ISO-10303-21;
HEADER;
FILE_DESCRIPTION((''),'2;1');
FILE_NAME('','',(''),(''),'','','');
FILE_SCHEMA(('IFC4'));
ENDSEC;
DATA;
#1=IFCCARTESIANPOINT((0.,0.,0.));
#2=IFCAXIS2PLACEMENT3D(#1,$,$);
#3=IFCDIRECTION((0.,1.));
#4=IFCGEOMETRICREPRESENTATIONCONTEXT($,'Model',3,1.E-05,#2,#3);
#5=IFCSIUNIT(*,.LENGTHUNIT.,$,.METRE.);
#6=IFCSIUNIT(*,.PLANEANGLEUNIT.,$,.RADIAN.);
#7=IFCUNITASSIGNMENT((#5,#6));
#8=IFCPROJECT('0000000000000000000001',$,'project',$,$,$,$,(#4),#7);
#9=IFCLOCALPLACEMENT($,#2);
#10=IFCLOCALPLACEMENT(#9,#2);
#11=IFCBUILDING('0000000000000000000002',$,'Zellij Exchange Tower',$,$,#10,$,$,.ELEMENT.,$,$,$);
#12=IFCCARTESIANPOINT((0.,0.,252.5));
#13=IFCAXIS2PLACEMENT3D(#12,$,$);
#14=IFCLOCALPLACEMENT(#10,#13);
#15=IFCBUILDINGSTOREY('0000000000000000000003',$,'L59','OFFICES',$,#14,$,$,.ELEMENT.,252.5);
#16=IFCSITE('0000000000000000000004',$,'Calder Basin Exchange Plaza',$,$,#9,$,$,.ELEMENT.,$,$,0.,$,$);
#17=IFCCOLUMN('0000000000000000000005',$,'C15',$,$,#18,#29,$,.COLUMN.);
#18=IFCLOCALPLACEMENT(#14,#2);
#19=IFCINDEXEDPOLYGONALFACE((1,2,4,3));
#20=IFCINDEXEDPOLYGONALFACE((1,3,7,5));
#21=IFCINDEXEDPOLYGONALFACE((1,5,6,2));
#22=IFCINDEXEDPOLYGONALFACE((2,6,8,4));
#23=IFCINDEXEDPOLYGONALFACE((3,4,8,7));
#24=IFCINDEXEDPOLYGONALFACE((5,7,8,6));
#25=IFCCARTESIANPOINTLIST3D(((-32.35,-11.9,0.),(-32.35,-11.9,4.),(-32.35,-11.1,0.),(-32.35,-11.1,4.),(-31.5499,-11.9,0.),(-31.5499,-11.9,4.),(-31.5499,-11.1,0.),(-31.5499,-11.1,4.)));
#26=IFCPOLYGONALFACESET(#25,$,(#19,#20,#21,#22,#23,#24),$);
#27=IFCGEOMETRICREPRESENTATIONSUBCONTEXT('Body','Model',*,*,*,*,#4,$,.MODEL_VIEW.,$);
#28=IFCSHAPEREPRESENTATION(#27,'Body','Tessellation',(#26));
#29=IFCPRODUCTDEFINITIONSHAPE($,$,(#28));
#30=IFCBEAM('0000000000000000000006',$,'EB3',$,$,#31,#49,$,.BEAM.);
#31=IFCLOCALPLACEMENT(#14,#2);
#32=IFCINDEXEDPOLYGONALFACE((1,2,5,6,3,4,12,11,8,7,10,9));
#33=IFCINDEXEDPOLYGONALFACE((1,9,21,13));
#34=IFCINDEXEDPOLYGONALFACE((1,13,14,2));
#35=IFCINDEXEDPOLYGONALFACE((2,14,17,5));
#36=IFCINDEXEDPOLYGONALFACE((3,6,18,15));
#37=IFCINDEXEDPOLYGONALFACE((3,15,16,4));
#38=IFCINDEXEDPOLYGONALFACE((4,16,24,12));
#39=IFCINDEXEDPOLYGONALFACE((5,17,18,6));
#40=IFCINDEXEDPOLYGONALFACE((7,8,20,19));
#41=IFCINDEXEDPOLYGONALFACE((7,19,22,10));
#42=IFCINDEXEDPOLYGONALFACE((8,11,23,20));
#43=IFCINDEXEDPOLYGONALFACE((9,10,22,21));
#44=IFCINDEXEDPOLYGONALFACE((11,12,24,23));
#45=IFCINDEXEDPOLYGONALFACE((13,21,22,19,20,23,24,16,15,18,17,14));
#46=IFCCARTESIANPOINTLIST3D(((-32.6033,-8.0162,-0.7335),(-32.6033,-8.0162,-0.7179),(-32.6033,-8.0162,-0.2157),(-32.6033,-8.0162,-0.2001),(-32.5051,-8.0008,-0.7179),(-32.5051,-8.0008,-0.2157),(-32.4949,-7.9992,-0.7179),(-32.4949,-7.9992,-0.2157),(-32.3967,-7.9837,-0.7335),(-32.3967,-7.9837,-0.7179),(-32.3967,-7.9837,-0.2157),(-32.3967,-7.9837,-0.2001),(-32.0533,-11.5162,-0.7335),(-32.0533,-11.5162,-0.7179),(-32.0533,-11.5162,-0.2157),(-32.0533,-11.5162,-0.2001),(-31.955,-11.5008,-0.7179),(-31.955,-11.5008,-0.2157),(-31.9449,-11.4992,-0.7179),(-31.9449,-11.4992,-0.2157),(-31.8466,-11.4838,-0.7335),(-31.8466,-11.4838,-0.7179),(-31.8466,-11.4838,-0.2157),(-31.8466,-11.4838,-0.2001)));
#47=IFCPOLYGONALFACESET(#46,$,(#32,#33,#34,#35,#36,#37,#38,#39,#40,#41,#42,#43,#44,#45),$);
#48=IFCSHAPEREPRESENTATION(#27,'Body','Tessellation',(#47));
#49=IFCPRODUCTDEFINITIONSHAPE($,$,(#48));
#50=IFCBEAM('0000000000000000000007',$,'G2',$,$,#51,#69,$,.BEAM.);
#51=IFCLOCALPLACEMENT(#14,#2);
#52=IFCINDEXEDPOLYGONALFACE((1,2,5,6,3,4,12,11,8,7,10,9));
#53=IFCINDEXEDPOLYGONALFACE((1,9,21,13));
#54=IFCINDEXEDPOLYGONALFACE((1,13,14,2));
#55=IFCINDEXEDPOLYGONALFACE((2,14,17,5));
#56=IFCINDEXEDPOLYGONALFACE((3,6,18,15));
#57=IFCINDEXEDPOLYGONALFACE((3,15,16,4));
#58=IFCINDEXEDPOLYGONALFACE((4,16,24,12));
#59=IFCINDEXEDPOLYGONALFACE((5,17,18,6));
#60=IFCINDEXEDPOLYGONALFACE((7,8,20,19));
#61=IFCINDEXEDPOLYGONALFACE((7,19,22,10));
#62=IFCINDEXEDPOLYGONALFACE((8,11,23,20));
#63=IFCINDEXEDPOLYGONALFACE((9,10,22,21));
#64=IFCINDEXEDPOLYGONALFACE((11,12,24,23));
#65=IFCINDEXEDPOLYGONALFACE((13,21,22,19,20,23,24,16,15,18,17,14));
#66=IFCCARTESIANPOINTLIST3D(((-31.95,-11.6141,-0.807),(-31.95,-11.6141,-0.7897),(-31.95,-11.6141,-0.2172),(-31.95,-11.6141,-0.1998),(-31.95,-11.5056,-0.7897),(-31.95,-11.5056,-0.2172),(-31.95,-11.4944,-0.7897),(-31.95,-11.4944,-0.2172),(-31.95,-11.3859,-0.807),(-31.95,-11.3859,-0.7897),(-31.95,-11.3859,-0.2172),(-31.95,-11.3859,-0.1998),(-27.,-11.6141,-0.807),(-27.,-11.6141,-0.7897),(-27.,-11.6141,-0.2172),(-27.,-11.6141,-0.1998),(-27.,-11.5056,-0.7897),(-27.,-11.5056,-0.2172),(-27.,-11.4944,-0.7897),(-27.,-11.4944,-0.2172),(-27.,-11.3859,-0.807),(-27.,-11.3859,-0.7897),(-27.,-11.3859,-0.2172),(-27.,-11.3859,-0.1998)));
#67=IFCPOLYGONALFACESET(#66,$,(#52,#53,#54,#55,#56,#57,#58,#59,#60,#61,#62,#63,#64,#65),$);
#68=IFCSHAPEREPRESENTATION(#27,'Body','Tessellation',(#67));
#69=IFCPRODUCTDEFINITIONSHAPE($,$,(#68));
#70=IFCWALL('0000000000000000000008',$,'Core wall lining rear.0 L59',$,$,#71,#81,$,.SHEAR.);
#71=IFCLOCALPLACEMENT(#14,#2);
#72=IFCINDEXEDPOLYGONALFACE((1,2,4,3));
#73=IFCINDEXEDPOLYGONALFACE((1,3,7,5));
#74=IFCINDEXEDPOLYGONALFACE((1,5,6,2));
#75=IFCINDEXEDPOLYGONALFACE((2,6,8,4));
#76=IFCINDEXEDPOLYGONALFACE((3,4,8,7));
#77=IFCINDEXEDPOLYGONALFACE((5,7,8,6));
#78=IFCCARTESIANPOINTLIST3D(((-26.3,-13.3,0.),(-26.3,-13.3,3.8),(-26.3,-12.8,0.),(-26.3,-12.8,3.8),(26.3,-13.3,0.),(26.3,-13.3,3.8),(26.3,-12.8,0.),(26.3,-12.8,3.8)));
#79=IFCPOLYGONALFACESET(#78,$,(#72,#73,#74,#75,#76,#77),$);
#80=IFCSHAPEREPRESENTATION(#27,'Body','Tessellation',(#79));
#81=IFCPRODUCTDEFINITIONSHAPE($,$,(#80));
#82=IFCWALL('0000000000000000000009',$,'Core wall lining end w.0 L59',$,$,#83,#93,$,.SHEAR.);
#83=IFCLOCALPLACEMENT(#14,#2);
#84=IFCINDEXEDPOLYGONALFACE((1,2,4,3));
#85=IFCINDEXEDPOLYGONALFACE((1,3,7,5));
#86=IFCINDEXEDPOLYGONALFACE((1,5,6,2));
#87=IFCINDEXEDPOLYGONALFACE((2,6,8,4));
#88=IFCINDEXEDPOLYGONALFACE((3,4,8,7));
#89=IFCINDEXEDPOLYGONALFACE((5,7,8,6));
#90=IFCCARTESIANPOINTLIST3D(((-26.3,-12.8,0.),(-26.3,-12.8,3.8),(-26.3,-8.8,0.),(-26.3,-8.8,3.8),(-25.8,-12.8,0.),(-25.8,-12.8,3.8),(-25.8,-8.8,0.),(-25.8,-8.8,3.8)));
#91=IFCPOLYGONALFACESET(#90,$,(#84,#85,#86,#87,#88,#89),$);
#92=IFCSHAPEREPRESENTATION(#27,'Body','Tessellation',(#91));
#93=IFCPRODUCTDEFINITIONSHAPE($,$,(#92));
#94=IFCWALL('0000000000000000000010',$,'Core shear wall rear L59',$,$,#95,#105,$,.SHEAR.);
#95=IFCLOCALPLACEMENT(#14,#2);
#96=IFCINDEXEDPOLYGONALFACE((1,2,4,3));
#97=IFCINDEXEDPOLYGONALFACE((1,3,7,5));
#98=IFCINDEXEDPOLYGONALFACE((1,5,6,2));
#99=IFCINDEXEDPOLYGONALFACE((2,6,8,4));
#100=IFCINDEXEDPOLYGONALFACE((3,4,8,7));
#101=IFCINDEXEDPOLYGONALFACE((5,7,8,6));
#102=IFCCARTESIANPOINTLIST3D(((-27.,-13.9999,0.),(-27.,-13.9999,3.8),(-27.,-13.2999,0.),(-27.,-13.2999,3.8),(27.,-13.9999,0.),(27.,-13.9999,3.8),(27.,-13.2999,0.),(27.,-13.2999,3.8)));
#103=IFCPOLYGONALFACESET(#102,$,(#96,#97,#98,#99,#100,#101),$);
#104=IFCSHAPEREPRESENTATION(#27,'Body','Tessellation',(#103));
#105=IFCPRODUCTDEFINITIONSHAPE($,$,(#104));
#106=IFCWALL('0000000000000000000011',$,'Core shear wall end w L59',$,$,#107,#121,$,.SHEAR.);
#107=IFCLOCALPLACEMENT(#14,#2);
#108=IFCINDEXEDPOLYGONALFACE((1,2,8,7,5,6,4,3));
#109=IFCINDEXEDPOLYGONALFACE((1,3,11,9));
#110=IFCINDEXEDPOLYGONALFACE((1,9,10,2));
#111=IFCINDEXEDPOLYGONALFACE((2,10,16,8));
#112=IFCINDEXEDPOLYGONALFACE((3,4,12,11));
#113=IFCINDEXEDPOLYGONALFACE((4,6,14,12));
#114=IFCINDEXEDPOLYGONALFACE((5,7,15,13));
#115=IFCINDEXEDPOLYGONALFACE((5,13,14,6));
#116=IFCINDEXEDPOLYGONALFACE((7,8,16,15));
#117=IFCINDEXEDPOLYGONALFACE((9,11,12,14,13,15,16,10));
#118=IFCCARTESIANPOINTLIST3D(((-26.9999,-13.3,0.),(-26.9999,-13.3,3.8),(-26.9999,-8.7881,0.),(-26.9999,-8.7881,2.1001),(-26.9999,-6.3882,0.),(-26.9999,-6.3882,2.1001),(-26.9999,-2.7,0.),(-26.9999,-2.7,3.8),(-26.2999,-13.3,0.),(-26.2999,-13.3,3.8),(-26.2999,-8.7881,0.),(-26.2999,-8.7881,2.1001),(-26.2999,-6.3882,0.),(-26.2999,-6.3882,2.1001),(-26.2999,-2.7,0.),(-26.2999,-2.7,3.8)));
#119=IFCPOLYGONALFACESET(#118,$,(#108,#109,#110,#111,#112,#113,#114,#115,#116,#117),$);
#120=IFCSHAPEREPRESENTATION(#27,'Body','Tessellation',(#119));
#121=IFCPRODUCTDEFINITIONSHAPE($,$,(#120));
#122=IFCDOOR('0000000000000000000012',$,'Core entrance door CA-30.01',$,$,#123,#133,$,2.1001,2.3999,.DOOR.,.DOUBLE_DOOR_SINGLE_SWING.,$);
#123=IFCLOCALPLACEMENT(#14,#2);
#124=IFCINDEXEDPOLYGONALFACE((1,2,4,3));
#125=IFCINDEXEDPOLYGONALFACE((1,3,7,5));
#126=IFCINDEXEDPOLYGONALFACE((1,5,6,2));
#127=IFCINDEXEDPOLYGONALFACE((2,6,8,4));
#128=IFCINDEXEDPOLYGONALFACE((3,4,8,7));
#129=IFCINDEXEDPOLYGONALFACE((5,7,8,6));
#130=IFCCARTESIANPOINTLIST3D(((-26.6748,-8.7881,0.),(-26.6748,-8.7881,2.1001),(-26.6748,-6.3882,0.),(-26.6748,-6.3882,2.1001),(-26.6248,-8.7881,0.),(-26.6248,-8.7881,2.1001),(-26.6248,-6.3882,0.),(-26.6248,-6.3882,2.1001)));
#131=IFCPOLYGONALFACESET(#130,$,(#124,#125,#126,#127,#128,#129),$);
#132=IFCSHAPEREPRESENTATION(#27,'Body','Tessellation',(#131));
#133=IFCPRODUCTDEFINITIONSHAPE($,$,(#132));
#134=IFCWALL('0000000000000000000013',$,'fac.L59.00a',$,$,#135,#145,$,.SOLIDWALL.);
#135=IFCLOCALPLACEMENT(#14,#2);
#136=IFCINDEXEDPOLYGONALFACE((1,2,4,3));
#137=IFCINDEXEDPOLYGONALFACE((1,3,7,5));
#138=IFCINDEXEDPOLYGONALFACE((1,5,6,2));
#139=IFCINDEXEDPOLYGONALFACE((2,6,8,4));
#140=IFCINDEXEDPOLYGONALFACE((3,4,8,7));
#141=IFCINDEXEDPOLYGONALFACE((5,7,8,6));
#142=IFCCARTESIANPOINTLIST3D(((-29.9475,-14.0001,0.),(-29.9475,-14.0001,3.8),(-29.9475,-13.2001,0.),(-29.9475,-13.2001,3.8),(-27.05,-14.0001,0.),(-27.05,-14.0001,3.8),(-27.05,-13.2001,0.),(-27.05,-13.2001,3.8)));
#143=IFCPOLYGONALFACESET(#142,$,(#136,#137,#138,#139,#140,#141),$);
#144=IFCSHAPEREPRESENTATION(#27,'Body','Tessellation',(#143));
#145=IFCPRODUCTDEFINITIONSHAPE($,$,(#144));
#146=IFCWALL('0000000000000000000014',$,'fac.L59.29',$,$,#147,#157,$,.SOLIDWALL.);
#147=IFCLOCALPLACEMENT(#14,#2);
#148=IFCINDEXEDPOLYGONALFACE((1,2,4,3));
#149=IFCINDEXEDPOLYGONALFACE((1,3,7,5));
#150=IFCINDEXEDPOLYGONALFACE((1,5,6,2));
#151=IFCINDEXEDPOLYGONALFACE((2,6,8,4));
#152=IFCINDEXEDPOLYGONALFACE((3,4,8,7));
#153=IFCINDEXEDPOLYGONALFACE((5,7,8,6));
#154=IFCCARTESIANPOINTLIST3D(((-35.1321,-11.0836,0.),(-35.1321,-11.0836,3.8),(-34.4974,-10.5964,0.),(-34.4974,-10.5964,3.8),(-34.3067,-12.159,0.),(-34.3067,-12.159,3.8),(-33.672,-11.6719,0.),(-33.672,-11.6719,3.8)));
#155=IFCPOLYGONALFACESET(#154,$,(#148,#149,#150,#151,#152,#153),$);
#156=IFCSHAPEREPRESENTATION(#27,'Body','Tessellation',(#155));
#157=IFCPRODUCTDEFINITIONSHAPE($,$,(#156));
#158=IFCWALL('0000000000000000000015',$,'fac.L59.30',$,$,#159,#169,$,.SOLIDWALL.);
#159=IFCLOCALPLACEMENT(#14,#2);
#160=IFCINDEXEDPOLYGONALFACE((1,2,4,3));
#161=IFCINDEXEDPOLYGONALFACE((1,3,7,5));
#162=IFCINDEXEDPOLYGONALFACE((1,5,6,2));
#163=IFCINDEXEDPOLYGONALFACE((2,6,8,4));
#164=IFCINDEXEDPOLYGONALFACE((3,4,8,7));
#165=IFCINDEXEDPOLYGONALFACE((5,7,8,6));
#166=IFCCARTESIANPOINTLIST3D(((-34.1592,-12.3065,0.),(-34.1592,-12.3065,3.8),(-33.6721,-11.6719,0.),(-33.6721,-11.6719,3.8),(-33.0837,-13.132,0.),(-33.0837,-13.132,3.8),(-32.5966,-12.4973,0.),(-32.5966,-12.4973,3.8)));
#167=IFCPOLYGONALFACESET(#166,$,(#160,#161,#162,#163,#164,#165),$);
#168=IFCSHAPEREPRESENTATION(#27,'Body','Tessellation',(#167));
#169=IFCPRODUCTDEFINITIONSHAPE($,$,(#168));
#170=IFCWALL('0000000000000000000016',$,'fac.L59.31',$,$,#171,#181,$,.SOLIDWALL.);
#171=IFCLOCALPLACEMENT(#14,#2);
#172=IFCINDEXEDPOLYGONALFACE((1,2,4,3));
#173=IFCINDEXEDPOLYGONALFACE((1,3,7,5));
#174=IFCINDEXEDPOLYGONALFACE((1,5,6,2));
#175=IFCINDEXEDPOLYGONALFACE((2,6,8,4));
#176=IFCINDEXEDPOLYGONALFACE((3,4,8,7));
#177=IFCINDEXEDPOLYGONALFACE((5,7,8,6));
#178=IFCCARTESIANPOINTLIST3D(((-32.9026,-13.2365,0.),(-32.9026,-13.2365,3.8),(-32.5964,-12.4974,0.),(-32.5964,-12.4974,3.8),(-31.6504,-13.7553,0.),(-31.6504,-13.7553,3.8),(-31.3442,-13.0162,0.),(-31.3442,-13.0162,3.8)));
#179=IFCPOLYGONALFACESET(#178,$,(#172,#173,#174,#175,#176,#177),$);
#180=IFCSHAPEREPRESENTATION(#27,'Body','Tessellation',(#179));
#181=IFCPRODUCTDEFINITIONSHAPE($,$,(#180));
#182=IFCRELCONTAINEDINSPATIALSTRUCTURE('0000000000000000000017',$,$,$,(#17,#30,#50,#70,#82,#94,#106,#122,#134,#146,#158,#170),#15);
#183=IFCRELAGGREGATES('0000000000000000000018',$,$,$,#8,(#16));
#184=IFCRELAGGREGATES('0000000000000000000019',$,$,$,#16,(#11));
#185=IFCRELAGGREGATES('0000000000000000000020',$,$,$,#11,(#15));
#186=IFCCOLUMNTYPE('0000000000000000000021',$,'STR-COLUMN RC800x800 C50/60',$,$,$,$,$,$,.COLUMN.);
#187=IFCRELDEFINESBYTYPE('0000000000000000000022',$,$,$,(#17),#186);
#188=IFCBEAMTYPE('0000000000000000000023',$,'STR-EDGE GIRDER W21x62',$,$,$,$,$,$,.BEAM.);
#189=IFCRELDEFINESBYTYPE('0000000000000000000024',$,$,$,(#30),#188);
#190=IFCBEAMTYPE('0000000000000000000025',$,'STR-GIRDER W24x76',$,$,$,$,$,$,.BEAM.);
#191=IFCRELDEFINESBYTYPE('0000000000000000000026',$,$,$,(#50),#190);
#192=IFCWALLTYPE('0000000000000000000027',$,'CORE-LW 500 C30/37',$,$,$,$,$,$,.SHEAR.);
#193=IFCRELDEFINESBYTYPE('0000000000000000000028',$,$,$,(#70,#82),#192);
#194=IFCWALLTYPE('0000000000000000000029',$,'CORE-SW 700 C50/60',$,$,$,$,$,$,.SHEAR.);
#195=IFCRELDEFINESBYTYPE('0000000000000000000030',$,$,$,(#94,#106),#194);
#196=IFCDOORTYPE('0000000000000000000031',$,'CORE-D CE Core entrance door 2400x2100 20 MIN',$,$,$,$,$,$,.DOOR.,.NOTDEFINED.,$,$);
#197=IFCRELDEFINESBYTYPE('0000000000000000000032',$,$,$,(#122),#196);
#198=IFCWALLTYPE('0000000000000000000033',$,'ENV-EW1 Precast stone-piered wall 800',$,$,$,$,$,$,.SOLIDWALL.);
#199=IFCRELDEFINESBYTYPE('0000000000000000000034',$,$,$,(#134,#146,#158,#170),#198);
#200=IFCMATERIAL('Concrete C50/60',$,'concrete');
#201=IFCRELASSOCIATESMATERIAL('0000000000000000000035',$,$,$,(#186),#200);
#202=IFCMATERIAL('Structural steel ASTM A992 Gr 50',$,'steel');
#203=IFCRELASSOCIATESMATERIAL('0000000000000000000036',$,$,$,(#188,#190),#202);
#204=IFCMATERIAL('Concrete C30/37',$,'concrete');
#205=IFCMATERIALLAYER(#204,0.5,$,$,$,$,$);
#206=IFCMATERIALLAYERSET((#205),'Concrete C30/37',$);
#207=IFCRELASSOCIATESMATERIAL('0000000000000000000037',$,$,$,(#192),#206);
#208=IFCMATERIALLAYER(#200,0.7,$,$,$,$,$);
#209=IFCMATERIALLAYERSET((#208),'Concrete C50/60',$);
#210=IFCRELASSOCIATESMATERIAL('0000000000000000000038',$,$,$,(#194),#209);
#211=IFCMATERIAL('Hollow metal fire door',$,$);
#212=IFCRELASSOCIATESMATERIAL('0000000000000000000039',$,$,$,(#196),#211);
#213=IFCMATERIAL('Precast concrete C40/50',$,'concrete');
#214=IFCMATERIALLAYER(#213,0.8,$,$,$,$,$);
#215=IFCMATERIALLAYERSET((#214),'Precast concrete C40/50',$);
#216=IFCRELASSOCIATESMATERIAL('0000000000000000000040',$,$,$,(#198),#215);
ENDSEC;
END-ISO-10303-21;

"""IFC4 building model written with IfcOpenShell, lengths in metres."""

from ifc_helpers import new_model, si_unit, direction, frame, frame_2d, origin, origin_2d, place, context, subcontext, project, spatial, rectangle, i_section, extrude, material, layer, layer_set, material_profile, profile_set, type_object, element, fill, save


model = new_model("IFC4")

# Units and contexts
model_context = context("Model", 3, precision=1e-05, world=origin(), true_north=direction((0.0, 1.0)))
body_context = subcontext(model_context, "Body", "Model", "MODEL_VIEW")
ifc_project = project(units=[si_unit("LENGTHUNIT", "METRE"), si_unit("PLANEANGLEUNIT", "RADIAN")], contexts=[model_context])

# Site, building, storey
site_placement = place(None, origin())
site = spatial("IfcSite", under=ifc_project, at=site_placement, Name="Calder Basin Exchange Plaza", CompositionType="ELEMENT", RefElevation=0.0)
building_placement = place(site_placement, origin())
building = spatial("IfcBuilding", under=site, at=building_placement, Name="Zellij Exchange Tower", CompositionType="ELEMENT")
storey_placement = place(building_placement, frame((0.0, 0.0, 252.5)))
storey = spatial("IfcBuildingStorey", under=building, at=storey_placement, Name="L59", Description="OFFICES", CompositionType="ELEMENT", Elevation=252.5)

# Column
ifc_material_1 = material(Name="Concrete C50/60", Category="concrete")
ifc_material_profile_1 = material_profile(ifc_material_1, rectangle(XDim=0.8, YDim=0.8, at=origin_2d()), Name="STR-COLUMN RC800x800 C50/60")
ifc_profile_set_1 = profile_set([ifc_material_profile_1], Name="Concrete C50/60")
column_type = type_object("IfcColumnType", Name="STR-COLUMN RC800x800 C50/60", PredefinedType="COLUMN", material=ifc_profile_set_1)
column_placement = place(storey_placement, frame((-31.95, -11.5, 0.0), z_axis=(0.0, 0.0, 1.0), x_axis=(1.0, 0.0, 0.0)))
element("IfcColumn", 1, at=column_placement, inside=storey, type_object=column_type, Name="C15", PredefinedType="COLUMN", context=body_context, shape_type="SweptSolid", body=[
    extrude(rectangle(XDim=0.8, YDim=0.8, at=origin_2d()), origin(), (0.0, 0.0, 1.0), 4.0),
])

# Beams
ifc_material_2 = material(Name="Structural steel ASTM A992 Gr 50", Category="steel")
ifc_material_profile_2 = material_profile(ifc_material_2, i_section(OverallWidth=0.2092, OverallDepth=0.5334, WebThickness=0.0103, FlangeThickness=0.0156, at=origin_2d()), Name="W21x62")
ifc_profile_set_2 = profile_set([ifc_material_profile_2], Name="Structural steel ASTM A992 Gr 50")
beam_type_1 = type_object("IfcBeamType", Name="STR-EDGE GIRDER W21x62", PredefinedType="BEAM", material=ifc_profile_set_2)
beam_1_placement = place(storey_placement, frame((-31.95, -11.5, -0.4668), z_axis=(-0.155251, 0.987875, 0.0), x_axis=(-0.987875, -0.155251, 0.0)))
element("IfcBeam", 2, at=beam_1_placement, inside=storey, type_object=beam_type_1, Name="EB3", PredefinedType="BEAM", context=body_context, shape_type="SweptSolid", body=[
    extrude(i_section(OverallWidth=0.2092, OverallDepth=0.5334, WebThickness=0.0103, FlangeThickness=0.0156, at=origin_2d()), origin(), (0.0, 0.0, 1.0), 3.543),
])
ifc_material_profile_3 = material_profile(ifc_material_2, i_section(OverallWidth=0.2283, OverallDepth=0.6072, WebThickness=0.0112, FlangeThickness=0.0173, at=origin_2d()), Name="W24x76")
ifc_profile_set_3 = profile_set([ifc_material_profile_3], Name="Structural steel ASTM A992 Gr 50")
beam_type_2 = type_object("IfcBeamType", Name="STR-GIRDER W24x76", PredefinedType="BEAM", material=ifc_profile_set_3)
beam_2_placement = place(storey_placement, frame((-31.95, -11.5, -0.5034), z_axis=(1.0, 0.0, 0.0), x_axis=(0.0, 1.0, 0.0)))
element("IfcBeam", 3, at=beam_2_placement, inside=storey, type_object=beam_type_2, Name="G2", PredefinedType="BEAM", context=body_context, shape_type="SweptSolid", body=[
    extrude(i_section(OverallWidth=0.2283, OverallDepth=0.6072, WebThickness=0.0112, FlangeThickness=0.0173, at=origin_2d()), origin(), (0.0, 0.0, 1.0), 4.95),
])

# Walls
ifc_material_3 = material(Name="Concrete C30/37", Category="concrete")
ifc_layer_1 = layer(ifc_material_3, 0.5)
ifc_layer_set_1 = layer_set([ifc_layer_1], Name="Concrete C30/37")
wall_type_1 = type_object("IfcWallType", Name="CORE-LW 500 C30/37", PredefinedType="SHEAR", material=ifc_layer_set_1)
wall_1_placement = place(storey_placement, frame((-26.3, -13.05, 0.0), z_axis=(0.0, 0.0, 1.0), x_axis=(1.0, 0.0, 0.0)))
element("IfcWall", 4, at=wall_1_placement, inside=storey, type_object=wall_type_1, Name="Core wall lining rear.0 L59", PredefinedType="SHEAR", context=body_context, shape_type="SweptSolid", body=[
    extrude(rectangle(XDim=52.6001, YDim=0.5, at=frame_2d((26.3, 0.0))), origin(), (0.0, 0.0, 1.0), 3.8),
])
wall_2_placement = place(storey_placement, frame((-26.05, -12.8, 0.0), z_axis=(0.0, 0.0, 1.0), x_axis=(0.0, 1.0, 0.0)))
element("IfcWall", 5, at=wall_2_placement, inside=storey, type_object=wall_type_1, Name="Core wall lining end w.0 L59", PredefinedType="SHEAR", context=body_context, shape_type="SweptSolid", body=[
    extrude(rectangle(XDim=4.0, YDim=0.5, at=frame_2d((2.0, 0.0))), origin(), (0.0, 0.0, 1.0), 3.8),
])
ifc_layer_2 = layer(ifc_material_1, 0.7)
ifc_layer_set_2 = layer_set([ifc_layer_2], Name="Concrete C50/60")
wall_type_2 = type_object("IfcWallType", Name="CORE-SW 700 C50/60", PredefinedType="SHEAR", material=ifc_layer_set_2)
wall_3_placement = place(storey_placement, frame((-27.0, -13.6499, 0.0), z_axis=(0.0, 0.0, 1.0), x_axis=(1.0, 0.0, 0.0)))
element("IfcWall", 6, at=wall_3_placement, inside=storey, type_object=wall_type_2, Name="Core shear wall rear L59", PredefinedType="SHEAR", context=body_context, shape_type="SweptSolid", body=[
    extrude(rectangle(XDim=54.0, YDim=0.7, at=frame_2d((27.0, 0.0))), origin(), (0.0, 0.0, 1.0), 3.8),
])

# Wall, opening, door
wall_4_placement = place(storey_placement, frame((-26.6499, -13.3, 0.0), z_axis=(0.0, 0.0, 1.0), x_axis=(0.0, 1.0, 0.0)))
wall_4 = element("IfcWall", 7, at=wall_4_placement, inside=storey, type_object=wall_type_2, Name="Core shear wall end w L59", PredefinedType="SHEAR", context=body_context, shape_type="SweptSolid", body=[
    extrude(rectangle(XDim=10.6001, YDim=0.7, at=frame_2d((5.3, 0.0))), origin(), (0.0, 0.0, 1.0), 3.8),
])
opening_1_placement = place(wall_4_placement, frame((4.512, 0.0, 0.0)))
opening_1 = element("IfcOpeningElement", 8, at=opening_1_placement, cuts=wall_4, PredefinedType="OPENING", context=body_context, shape_type="SweptSolid", body=[
    extrude(rectangle(XDim=2.3999, YDim=2.1001, at=frame_2d((1.2, 1.05))), frame((0.0, 0.3618, 0.0), z_axis=(0.0, -1.0, 0.0), x_axis=(1.0, 0.0, 0.0)), (0.0, 0.0, 1.0), 0.7239),
])
ifc_material_4 = material(Name="Hollow metal fire door")
door_type_1 = type_object("IfcDoorType", Name="CORE-D CE Core entrance door 2400x2100 20 MIN", OperationType="NOTDEFINED", PredefinedType="DOOR", material=ifc_material_4)
door_1_placement = place(opening_1_placement, origin())
door_1 = element("IfcDoor", 9, at=door_1_placement, inside=storey, type_object=door_type_1, Name="Core entrance door CA-30.01", OperationType="DOUBLE_DOOR_SINGLE_SWING", OverallHeight=2.1001, OverallWidth=2.3999, PredefinedType="DOOR", context=body_context, shape_type="SweptSolid", body=[
    extrude(rectangle(XDim=2.3999, YDim=2.1001, at=frame_2d((1.2, 1.05))), frame((0.0, 0.0249, 0.0), z_axis=(0.0, -1.0, 0.0), x_axis=(1.0, 0.0, 0.0)), (0.0, 0.0, 1.0), 0.05),
])
fill(opening_1, door_1)

# Walls
ifc_material_5 = material(Name="Precast concrete C40/50", Category="concrete")
ifc_layer_3 = layer(ifc_material_5, 0.8)
ifc_layer_set_3 = layer_set([ifc_layer_3], Name="Precast concrete C40/50")
wall_type_3 = type_object("IfcWallType", Name="ENV-EW1 Precast stone-piered wall 800", PredefinedType="SOLIDWALL", material=ifc_layer_set_3)
wall_5_placement = place(storey_placement, frame((-29.9475, -13.6001, 0.0), z_axis=(0.0, 0.0, 1.0), x_axis=(1.0, 0.0, 0.0)))
element("IfcWall", 10, at=wall_5_placement, inside=storey, type_object=wall_type_3, Name="fac.L59.00a", PredefinedType="SOLIDWALL", context=body_context, shape_type="SweptSolid", body=[
    extrude(rectangle(XDim=2.8975, YDim=0.8, at=frame_2d((1.4487, 0.0))), origin(), (0.0, 0.0, 1.0), 3.8),
])
for number, where, z_axis, x_axis, name in (
    (11, (-34.8147, -10.8401, 0.0), (0.0, 0.0, 1.0), (0.608866, -0.793273, 0.0), "fac.L59.29"),
    (12, (-33.9155, -11.9893, 0.0), (0.0, 0.0, 1.0), (0.793273, -0.608866, 0.0), "fac.L59.30"),
):
    element("IfcWall", number, at=place(storey_placement, frame(where, z_axis=z_axis, x_axis=x_axis)), inside=storey, type_object=wall_type_3, Name=name, PredefinedType="SOLIDWALL", context=body_context, shape_type="SweptSolid", body=[
        extrude(rectangle(XDim=1.3557, YDim=0.8, at=frame_2d((0.6777, 0.0))), origin(), (0.0, 0.0, 1.0), 3.8),
    ])
wall_6_placement = place(storey_placement, frame((-32.7495, -12.8669, 0.0), z_axis=(0.0, 0.0, 1.0), x_axis=(0.923848, -0.38276, 0.0)))
element("IfcWall", 13, at=wall_6_placement, inside=storey, type_object=wall_type_3, Name="fac.L59.31", PredefinedType="SOLIDWALL", context=body_context, shape_type="SweptSolid", body=[
    extrude(rectangle(XDim=1.3555, YDim=0.8, at=frame_2d((0.6777, 0.0))), origin(), (0.0, 0.0, 1.0), 3.8),
])

save(model, "model.ifc")
